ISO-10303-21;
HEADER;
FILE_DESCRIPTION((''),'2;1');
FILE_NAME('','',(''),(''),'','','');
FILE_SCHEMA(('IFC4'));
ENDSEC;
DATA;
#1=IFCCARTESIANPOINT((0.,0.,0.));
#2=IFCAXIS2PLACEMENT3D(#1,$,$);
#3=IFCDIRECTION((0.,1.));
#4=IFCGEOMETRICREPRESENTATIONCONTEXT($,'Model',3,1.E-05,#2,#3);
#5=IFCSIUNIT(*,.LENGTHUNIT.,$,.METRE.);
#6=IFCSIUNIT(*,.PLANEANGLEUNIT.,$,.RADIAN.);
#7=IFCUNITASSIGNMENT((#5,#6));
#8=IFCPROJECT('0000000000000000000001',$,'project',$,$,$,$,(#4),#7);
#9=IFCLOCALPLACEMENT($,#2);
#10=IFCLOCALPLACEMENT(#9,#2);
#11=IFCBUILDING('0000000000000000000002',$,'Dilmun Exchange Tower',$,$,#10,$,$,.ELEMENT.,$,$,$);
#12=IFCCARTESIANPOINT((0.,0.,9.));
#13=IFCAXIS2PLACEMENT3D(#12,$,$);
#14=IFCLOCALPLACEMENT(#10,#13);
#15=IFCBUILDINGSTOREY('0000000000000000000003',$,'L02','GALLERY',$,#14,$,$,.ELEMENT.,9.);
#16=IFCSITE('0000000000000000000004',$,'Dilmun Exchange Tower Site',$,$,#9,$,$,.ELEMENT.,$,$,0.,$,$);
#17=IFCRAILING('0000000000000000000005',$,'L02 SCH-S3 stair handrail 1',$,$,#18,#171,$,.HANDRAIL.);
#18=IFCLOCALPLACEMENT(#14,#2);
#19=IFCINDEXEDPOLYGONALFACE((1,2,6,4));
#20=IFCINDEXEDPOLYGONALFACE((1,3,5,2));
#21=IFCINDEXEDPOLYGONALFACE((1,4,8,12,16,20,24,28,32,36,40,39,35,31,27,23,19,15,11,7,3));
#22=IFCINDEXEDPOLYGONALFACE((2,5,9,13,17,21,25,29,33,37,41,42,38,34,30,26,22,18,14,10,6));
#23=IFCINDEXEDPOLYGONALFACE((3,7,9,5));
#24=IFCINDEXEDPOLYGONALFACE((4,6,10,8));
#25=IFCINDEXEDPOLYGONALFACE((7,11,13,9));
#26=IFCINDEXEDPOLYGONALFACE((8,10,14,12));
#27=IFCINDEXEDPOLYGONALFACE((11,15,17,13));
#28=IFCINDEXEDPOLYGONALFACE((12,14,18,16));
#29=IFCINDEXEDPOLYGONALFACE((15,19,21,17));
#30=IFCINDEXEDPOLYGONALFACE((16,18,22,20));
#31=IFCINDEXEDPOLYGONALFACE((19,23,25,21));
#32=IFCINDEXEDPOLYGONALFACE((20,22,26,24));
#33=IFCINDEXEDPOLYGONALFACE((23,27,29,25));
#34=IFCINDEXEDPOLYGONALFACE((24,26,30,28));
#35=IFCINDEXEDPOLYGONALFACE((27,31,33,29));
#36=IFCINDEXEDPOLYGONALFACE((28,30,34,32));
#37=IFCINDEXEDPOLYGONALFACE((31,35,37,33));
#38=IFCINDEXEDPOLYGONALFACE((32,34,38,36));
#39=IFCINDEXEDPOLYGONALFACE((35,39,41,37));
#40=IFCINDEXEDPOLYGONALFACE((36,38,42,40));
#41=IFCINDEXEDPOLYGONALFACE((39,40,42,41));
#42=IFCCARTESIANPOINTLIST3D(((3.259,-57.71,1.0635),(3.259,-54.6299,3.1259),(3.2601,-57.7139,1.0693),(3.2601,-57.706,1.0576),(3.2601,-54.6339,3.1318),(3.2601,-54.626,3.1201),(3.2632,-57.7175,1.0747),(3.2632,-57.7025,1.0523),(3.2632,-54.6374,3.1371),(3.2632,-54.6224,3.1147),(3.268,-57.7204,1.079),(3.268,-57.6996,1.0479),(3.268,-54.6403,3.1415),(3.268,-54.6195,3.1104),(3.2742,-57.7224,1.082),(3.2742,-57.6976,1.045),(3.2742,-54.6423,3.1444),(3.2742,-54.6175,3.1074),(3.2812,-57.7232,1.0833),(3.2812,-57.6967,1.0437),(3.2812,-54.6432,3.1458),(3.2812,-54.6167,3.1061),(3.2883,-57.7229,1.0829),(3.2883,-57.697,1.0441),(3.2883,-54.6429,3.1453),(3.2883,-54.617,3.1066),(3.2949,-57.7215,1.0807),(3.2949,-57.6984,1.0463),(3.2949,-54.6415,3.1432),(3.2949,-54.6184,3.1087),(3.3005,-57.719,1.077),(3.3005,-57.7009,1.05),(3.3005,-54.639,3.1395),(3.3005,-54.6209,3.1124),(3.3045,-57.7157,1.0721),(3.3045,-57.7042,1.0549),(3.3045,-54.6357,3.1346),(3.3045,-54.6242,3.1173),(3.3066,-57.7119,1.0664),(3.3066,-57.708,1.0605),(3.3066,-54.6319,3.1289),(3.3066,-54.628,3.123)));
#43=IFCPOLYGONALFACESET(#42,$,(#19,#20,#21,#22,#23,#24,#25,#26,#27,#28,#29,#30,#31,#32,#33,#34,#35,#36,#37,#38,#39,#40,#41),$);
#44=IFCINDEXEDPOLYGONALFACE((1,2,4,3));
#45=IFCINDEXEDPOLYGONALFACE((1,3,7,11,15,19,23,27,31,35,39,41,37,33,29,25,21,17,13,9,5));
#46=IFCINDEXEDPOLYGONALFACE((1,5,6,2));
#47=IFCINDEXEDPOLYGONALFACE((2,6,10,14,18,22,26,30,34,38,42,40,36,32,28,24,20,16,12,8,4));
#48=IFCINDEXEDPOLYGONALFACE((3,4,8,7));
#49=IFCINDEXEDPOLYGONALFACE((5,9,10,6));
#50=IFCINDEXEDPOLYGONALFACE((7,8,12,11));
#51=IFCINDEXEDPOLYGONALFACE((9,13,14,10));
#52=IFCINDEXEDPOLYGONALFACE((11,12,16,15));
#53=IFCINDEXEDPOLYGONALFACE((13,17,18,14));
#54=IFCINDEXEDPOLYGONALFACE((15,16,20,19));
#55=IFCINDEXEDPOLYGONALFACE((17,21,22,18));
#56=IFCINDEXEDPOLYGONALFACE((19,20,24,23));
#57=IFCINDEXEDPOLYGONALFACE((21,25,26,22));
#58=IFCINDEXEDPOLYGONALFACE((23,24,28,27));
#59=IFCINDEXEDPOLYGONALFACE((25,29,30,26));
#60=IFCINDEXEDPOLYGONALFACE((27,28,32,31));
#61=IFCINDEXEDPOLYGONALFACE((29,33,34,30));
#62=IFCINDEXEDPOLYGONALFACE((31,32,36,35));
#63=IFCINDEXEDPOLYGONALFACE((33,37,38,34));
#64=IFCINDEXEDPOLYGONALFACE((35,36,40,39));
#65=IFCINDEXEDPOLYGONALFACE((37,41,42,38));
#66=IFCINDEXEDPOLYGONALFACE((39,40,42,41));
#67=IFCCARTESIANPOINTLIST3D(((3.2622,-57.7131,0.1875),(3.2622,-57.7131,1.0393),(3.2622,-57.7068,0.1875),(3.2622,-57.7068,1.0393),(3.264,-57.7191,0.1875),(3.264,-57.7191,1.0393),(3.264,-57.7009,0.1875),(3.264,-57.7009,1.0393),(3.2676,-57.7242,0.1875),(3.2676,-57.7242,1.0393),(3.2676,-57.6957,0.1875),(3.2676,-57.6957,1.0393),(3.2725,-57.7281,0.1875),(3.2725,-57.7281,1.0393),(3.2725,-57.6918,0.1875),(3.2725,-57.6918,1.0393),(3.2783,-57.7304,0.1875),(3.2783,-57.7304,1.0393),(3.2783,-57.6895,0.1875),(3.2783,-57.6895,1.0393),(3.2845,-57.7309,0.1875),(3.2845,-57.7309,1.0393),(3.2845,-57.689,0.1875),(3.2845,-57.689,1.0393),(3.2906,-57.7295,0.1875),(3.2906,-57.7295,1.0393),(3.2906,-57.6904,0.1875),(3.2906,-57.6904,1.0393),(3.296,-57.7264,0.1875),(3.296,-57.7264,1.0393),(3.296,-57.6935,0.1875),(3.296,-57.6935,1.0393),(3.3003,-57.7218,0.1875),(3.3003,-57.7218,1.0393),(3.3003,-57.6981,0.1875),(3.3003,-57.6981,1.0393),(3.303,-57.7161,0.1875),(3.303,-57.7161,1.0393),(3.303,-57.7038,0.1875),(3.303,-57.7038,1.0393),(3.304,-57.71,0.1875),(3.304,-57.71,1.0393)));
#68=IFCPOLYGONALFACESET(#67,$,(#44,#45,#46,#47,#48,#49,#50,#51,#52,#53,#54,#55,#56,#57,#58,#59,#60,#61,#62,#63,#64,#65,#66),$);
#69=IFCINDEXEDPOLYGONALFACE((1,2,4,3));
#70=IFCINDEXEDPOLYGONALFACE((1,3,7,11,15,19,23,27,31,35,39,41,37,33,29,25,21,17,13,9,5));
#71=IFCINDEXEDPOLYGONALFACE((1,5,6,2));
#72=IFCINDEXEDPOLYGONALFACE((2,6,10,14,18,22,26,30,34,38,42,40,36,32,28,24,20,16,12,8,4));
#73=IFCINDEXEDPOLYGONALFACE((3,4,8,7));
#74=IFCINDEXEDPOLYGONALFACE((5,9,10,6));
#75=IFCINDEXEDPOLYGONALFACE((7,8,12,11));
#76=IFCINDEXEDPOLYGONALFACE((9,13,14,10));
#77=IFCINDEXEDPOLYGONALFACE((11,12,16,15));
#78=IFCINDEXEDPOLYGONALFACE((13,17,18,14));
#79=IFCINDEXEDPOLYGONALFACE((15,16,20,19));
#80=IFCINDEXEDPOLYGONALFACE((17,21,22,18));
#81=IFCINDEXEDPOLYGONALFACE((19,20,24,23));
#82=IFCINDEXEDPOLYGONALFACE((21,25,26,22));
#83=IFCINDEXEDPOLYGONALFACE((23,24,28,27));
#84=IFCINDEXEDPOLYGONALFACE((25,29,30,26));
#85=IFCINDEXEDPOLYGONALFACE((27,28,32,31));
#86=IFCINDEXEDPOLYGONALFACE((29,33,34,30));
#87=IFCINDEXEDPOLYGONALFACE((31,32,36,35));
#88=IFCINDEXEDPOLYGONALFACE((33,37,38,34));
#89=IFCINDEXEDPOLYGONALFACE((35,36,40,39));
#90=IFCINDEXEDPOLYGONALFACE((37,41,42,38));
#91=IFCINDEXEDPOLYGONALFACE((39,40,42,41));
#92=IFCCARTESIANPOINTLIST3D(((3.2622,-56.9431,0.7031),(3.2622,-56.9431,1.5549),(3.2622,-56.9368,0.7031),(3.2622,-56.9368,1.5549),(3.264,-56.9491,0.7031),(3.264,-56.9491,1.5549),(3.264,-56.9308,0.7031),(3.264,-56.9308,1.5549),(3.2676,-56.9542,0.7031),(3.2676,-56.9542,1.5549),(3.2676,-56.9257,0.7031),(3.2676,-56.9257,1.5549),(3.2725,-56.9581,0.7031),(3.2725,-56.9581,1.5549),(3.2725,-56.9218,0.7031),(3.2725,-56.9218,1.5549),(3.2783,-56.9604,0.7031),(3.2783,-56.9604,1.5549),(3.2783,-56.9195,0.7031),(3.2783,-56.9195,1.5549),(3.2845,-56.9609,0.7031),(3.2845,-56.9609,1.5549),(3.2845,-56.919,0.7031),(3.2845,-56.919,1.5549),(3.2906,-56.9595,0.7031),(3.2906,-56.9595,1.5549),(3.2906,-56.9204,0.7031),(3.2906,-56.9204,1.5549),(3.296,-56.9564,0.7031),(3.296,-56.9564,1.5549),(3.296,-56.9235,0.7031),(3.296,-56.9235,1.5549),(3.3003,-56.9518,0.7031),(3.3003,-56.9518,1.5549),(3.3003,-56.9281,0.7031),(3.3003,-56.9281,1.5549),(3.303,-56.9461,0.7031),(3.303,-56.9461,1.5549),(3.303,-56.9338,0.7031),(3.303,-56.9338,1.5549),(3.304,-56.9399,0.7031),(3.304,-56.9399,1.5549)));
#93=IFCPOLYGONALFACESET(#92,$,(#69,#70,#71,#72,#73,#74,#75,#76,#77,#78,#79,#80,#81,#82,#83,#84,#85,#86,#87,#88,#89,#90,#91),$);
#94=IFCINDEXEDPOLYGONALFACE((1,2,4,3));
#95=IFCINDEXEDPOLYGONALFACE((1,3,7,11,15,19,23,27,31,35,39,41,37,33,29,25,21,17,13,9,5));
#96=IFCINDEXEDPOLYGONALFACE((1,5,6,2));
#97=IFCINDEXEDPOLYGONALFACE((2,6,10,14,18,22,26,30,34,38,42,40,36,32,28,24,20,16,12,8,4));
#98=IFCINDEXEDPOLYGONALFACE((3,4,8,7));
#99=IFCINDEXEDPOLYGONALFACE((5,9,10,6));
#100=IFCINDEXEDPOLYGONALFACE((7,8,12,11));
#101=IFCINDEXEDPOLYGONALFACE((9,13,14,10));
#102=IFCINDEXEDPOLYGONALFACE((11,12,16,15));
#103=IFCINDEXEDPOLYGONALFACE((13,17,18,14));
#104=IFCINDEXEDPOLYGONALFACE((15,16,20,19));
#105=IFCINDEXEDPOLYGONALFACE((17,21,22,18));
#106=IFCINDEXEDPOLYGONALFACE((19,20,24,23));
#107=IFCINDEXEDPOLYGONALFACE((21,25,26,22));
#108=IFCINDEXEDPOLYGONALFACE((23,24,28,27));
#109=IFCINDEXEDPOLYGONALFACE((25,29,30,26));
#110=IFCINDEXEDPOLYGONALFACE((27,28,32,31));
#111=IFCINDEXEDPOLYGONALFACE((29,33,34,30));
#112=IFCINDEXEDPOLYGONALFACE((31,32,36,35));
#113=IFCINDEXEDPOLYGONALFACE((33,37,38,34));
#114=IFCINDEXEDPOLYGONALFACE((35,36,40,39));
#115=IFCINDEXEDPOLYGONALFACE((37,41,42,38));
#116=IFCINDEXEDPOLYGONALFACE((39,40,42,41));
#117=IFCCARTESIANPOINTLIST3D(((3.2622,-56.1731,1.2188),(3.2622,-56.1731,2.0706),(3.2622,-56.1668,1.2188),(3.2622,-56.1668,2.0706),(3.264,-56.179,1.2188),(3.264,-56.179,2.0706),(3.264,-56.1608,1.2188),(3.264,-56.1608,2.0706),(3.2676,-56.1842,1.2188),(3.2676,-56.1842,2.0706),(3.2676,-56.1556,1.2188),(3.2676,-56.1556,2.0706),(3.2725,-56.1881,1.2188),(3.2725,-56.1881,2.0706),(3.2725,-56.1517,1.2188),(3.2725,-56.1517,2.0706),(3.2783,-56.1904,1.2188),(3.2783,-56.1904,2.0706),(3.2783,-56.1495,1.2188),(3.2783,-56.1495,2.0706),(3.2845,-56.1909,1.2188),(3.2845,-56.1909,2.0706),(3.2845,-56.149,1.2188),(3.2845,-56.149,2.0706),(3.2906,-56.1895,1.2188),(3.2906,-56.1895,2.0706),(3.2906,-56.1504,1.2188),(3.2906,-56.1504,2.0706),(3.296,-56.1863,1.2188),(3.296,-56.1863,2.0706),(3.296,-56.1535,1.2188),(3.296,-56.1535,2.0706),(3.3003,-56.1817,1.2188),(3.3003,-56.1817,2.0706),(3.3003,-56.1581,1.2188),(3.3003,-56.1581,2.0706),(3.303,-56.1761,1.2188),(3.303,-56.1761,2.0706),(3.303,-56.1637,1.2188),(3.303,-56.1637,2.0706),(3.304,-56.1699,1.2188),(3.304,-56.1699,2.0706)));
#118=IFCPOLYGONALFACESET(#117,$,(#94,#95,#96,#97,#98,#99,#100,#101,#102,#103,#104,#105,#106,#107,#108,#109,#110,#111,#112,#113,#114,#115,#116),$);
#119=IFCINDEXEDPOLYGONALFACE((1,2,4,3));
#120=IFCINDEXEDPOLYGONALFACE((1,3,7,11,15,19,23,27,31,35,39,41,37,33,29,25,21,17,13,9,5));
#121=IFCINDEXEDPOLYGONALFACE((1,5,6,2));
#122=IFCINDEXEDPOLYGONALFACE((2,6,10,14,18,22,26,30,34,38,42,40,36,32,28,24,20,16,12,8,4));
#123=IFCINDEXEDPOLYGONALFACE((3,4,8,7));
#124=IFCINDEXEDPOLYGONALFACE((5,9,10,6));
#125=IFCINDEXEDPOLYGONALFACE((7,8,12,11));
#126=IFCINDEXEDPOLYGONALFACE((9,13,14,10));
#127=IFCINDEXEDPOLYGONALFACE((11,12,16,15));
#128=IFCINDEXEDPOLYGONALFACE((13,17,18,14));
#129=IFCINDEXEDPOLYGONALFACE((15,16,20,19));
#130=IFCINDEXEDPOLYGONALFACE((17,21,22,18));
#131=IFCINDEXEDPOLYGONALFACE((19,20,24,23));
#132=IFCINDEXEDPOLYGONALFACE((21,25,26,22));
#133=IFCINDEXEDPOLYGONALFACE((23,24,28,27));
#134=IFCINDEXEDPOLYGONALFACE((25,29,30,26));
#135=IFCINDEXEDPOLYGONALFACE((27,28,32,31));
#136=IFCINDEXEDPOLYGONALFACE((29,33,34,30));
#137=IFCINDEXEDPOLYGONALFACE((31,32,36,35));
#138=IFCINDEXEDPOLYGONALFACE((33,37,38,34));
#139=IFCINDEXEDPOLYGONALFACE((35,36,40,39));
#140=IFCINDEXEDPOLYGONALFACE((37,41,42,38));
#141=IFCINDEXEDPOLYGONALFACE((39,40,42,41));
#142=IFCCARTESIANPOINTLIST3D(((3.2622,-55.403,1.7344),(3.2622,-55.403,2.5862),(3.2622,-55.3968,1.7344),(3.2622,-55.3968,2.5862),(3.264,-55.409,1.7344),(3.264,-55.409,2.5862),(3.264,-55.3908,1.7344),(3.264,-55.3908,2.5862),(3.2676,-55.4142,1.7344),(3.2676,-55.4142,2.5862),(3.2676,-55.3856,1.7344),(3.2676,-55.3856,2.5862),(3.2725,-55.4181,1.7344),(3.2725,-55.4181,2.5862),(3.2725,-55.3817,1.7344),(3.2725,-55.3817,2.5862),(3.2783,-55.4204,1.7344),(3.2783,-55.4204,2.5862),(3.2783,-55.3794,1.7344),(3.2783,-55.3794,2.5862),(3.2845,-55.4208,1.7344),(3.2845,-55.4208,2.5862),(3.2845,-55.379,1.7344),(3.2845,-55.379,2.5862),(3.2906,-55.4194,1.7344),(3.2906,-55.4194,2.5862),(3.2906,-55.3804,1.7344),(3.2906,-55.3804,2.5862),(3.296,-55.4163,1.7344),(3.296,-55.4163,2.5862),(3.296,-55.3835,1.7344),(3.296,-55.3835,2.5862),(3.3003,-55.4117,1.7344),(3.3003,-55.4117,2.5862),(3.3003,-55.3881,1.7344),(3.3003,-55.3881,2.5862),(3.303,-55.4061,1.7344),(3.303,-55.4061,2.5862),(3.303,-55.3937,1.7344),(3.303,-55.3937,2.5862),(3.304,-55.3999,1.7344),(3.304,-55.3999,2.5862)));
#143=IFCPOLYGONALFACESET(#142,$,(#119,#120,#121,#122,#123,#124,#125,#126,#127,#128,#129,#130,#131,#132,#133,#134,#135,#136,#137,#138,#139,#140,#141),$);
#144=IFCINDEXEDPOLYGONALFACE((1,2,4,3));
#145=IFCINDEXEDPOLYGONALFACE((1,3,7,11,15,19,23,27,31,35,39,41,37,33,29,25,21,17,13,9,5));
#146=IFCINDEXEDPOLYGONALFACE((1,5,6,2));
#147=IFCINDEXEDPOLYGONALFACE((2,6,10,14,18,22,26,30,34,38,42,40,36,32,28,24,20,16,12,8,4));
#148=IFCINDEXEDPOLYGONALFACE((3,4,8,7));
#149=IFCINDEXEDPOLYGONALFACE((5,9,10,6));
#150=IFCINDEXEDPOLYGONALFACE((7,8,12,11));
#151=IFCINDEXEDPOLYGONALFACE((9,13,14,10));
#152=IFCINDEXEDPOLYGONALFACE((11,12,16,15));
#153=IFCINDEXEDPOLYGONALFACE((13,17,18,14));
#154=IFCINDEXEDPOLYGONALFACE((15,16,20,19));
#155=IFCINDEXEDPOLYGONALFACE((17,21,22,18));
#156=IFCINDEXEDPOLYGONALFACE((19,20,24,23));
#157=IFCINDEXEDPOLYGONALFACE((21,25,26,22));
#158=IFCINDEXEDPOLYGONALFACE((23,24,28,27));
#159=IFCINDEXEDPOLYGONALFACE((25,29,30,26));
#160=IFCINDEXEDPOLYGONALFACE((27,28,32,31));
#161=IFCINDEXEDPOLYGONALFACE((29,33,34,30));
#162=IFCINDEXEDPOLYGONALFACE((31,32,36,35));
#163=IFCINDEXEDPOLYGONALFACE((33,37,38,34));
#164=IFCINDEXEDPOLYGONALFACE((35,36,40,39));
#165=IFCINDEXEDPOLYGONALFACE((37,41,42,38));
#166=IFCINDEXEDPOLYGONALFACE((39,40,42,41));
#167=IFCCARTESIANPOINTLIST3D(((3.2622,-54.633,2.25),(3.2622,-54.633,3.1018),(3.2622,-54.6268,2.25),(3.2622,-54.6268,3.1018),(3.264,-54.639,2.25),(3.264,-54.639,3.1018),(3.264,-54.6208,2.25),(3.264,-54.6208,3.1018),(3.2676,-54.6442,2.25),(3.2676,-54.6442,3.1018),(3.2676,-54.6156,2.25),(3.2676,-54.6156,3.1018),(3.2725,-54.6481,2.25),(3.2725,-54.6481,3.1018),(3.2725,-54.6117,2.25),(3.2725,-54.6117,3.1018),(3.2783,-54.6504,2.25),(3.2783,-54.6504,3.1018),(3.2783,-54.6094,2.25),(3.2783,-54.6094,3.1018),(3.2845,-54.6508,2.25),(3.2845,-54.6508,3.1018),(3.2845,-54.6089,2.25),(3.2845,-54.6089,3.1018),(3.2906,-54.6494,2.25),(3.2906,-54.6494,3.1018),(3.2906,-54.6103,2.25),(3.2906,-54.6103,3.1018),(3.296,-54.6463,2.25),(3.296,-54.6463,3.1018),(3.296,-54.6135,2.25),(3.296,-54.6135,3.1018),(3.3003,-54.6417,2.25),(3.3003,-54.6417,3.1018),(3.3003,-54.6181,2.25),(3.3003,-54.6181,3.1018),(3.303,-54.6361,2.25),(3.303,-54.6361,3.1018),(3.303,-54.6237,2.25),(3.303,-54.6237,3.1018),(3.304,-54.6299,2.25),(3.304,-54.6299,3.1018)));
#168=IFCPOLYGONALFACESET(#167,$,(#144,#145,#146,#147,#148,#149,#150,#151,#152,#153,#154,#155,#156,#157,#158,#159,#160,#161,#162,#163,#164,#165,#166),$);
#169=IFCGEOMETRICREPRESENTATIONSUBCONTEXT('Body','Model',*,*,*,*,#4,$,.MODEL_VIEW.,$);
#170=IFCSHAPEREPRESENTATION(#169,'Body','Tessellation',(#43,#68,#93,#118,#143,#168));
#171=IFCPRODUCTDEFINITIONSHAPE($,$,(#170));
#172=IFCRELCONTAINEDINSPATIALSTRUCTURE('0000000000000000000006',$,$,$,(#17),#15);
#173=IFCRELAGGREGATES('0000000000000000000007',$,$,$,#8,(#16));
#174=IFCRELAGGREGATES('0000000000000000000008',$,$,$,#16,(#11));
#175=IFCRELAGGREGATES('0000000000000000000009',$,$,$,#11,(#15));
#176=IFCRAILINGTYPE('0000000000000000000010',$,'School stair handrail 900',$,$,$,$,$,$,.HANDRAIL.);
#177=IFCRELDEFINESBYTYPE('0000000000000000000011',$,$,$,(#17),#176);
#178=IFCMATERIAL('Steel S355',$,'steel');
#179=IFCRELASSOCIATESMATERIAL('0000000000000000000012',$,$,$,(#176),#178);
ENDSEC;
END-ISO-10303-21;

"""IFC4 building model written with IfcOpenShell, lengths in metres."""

from ifc_helpers import new_model, si_unit, direction, frame, origin, origin_2d, place, context, subcontext, project, spatial, circle, extrude, material, type_object, element, save


model = new_model("IFC4")

# Units and contexts
model_context = context("Model", 3, precision=1e-05, world=origin(), true_north=direction((0.0, 1.0)))
body_context = subcontext(model_context, "Body", "Model", "MODEL_VIEW")
ifc_project = project(units=[si_unit("LENGTHUNIT", "METRE"), si_unit("PLANEANGLEUNIT", "RADIAN")], contexts=[model_context])

# Site, building, storey
site_placement = place(None, origin())
site = spatial("IfcSite", under=ifc_project, at=site_placement, Name="Dilmun Exchange Tower Site", CompositionType="ELEMENT", RefElevation=0.0)
building_placement = place(site_placement, origin())
building = spatial("IfcBuilding", under=site, at=building_placement, Name="Dilmun Exchange Tower", CompositionType="ELEMENT")
storey_placement = place(building_placement, frame((0.0, 0.0, 9.0)))
storey = spatial("IfcBuildingStorey", under=building, at=storey_placement, Name="L02", Description="GALLERY", CompositionType="ELEMENT", Elevation=9.0)

# Railing
ifc_material_1 = material(Name="Steel S355", Category="steel")
railing_type_1 = type_object("IfcRailingType", Name="School stair handrail 900", PredefinedType="HANDRAIL", material=ifc_material_1)
railing_1_placement = place(storey_placement, frame((3.283, -57.71, 0.1875)))
element("IfcRailing", 1, at=railing_1_placement, inside=storey, type_object=railing_type_1, Name="L02 SCH-S3 stair handrail 1", PredefinedType="HANDRAIL", context=body_context, shape_type="SweptSolid", body=[
    extrude(circle(Radius=0.0239, at=origin_2d()), frame((0.0, 0.0, 0.876), z_axis=(0.0, 0.830914, 0.556401), x_axis=(-1.0, 0.0, 0.0)), (0.0, 0.0, 1.0), 3.7068),
    extrude(circle(Radius=0.021, at=origin_2d()), origin(), (0.0, 0.0, 1.0), 0.8518),
    extrude(circle(Radius=0.021, at=origin_2d()), frame((0.0, 0.77, 0.5156)), (0.0, 0.0, 1.0), 0.8518),
    extrude(circle(Radius=0.021, at=origin_2d()), frame((0.0, 1.54, 1.0312)), (0.0, 0.0, 1.0), 0.8518),
    extrude(circle(Radius=0.021, at=origin_2d()), frame((0.0, 2.3101, 1.5469)), (0.0, 0.0, 1.0), 0.8518),
    extrude(circle(Radius=0.021, at=origin_2d()), frame((0.0, 3.0801, 2.0625)), (0.0, 0.0, 1.0), 0.8518),
])

save(model, "model.ifc")
